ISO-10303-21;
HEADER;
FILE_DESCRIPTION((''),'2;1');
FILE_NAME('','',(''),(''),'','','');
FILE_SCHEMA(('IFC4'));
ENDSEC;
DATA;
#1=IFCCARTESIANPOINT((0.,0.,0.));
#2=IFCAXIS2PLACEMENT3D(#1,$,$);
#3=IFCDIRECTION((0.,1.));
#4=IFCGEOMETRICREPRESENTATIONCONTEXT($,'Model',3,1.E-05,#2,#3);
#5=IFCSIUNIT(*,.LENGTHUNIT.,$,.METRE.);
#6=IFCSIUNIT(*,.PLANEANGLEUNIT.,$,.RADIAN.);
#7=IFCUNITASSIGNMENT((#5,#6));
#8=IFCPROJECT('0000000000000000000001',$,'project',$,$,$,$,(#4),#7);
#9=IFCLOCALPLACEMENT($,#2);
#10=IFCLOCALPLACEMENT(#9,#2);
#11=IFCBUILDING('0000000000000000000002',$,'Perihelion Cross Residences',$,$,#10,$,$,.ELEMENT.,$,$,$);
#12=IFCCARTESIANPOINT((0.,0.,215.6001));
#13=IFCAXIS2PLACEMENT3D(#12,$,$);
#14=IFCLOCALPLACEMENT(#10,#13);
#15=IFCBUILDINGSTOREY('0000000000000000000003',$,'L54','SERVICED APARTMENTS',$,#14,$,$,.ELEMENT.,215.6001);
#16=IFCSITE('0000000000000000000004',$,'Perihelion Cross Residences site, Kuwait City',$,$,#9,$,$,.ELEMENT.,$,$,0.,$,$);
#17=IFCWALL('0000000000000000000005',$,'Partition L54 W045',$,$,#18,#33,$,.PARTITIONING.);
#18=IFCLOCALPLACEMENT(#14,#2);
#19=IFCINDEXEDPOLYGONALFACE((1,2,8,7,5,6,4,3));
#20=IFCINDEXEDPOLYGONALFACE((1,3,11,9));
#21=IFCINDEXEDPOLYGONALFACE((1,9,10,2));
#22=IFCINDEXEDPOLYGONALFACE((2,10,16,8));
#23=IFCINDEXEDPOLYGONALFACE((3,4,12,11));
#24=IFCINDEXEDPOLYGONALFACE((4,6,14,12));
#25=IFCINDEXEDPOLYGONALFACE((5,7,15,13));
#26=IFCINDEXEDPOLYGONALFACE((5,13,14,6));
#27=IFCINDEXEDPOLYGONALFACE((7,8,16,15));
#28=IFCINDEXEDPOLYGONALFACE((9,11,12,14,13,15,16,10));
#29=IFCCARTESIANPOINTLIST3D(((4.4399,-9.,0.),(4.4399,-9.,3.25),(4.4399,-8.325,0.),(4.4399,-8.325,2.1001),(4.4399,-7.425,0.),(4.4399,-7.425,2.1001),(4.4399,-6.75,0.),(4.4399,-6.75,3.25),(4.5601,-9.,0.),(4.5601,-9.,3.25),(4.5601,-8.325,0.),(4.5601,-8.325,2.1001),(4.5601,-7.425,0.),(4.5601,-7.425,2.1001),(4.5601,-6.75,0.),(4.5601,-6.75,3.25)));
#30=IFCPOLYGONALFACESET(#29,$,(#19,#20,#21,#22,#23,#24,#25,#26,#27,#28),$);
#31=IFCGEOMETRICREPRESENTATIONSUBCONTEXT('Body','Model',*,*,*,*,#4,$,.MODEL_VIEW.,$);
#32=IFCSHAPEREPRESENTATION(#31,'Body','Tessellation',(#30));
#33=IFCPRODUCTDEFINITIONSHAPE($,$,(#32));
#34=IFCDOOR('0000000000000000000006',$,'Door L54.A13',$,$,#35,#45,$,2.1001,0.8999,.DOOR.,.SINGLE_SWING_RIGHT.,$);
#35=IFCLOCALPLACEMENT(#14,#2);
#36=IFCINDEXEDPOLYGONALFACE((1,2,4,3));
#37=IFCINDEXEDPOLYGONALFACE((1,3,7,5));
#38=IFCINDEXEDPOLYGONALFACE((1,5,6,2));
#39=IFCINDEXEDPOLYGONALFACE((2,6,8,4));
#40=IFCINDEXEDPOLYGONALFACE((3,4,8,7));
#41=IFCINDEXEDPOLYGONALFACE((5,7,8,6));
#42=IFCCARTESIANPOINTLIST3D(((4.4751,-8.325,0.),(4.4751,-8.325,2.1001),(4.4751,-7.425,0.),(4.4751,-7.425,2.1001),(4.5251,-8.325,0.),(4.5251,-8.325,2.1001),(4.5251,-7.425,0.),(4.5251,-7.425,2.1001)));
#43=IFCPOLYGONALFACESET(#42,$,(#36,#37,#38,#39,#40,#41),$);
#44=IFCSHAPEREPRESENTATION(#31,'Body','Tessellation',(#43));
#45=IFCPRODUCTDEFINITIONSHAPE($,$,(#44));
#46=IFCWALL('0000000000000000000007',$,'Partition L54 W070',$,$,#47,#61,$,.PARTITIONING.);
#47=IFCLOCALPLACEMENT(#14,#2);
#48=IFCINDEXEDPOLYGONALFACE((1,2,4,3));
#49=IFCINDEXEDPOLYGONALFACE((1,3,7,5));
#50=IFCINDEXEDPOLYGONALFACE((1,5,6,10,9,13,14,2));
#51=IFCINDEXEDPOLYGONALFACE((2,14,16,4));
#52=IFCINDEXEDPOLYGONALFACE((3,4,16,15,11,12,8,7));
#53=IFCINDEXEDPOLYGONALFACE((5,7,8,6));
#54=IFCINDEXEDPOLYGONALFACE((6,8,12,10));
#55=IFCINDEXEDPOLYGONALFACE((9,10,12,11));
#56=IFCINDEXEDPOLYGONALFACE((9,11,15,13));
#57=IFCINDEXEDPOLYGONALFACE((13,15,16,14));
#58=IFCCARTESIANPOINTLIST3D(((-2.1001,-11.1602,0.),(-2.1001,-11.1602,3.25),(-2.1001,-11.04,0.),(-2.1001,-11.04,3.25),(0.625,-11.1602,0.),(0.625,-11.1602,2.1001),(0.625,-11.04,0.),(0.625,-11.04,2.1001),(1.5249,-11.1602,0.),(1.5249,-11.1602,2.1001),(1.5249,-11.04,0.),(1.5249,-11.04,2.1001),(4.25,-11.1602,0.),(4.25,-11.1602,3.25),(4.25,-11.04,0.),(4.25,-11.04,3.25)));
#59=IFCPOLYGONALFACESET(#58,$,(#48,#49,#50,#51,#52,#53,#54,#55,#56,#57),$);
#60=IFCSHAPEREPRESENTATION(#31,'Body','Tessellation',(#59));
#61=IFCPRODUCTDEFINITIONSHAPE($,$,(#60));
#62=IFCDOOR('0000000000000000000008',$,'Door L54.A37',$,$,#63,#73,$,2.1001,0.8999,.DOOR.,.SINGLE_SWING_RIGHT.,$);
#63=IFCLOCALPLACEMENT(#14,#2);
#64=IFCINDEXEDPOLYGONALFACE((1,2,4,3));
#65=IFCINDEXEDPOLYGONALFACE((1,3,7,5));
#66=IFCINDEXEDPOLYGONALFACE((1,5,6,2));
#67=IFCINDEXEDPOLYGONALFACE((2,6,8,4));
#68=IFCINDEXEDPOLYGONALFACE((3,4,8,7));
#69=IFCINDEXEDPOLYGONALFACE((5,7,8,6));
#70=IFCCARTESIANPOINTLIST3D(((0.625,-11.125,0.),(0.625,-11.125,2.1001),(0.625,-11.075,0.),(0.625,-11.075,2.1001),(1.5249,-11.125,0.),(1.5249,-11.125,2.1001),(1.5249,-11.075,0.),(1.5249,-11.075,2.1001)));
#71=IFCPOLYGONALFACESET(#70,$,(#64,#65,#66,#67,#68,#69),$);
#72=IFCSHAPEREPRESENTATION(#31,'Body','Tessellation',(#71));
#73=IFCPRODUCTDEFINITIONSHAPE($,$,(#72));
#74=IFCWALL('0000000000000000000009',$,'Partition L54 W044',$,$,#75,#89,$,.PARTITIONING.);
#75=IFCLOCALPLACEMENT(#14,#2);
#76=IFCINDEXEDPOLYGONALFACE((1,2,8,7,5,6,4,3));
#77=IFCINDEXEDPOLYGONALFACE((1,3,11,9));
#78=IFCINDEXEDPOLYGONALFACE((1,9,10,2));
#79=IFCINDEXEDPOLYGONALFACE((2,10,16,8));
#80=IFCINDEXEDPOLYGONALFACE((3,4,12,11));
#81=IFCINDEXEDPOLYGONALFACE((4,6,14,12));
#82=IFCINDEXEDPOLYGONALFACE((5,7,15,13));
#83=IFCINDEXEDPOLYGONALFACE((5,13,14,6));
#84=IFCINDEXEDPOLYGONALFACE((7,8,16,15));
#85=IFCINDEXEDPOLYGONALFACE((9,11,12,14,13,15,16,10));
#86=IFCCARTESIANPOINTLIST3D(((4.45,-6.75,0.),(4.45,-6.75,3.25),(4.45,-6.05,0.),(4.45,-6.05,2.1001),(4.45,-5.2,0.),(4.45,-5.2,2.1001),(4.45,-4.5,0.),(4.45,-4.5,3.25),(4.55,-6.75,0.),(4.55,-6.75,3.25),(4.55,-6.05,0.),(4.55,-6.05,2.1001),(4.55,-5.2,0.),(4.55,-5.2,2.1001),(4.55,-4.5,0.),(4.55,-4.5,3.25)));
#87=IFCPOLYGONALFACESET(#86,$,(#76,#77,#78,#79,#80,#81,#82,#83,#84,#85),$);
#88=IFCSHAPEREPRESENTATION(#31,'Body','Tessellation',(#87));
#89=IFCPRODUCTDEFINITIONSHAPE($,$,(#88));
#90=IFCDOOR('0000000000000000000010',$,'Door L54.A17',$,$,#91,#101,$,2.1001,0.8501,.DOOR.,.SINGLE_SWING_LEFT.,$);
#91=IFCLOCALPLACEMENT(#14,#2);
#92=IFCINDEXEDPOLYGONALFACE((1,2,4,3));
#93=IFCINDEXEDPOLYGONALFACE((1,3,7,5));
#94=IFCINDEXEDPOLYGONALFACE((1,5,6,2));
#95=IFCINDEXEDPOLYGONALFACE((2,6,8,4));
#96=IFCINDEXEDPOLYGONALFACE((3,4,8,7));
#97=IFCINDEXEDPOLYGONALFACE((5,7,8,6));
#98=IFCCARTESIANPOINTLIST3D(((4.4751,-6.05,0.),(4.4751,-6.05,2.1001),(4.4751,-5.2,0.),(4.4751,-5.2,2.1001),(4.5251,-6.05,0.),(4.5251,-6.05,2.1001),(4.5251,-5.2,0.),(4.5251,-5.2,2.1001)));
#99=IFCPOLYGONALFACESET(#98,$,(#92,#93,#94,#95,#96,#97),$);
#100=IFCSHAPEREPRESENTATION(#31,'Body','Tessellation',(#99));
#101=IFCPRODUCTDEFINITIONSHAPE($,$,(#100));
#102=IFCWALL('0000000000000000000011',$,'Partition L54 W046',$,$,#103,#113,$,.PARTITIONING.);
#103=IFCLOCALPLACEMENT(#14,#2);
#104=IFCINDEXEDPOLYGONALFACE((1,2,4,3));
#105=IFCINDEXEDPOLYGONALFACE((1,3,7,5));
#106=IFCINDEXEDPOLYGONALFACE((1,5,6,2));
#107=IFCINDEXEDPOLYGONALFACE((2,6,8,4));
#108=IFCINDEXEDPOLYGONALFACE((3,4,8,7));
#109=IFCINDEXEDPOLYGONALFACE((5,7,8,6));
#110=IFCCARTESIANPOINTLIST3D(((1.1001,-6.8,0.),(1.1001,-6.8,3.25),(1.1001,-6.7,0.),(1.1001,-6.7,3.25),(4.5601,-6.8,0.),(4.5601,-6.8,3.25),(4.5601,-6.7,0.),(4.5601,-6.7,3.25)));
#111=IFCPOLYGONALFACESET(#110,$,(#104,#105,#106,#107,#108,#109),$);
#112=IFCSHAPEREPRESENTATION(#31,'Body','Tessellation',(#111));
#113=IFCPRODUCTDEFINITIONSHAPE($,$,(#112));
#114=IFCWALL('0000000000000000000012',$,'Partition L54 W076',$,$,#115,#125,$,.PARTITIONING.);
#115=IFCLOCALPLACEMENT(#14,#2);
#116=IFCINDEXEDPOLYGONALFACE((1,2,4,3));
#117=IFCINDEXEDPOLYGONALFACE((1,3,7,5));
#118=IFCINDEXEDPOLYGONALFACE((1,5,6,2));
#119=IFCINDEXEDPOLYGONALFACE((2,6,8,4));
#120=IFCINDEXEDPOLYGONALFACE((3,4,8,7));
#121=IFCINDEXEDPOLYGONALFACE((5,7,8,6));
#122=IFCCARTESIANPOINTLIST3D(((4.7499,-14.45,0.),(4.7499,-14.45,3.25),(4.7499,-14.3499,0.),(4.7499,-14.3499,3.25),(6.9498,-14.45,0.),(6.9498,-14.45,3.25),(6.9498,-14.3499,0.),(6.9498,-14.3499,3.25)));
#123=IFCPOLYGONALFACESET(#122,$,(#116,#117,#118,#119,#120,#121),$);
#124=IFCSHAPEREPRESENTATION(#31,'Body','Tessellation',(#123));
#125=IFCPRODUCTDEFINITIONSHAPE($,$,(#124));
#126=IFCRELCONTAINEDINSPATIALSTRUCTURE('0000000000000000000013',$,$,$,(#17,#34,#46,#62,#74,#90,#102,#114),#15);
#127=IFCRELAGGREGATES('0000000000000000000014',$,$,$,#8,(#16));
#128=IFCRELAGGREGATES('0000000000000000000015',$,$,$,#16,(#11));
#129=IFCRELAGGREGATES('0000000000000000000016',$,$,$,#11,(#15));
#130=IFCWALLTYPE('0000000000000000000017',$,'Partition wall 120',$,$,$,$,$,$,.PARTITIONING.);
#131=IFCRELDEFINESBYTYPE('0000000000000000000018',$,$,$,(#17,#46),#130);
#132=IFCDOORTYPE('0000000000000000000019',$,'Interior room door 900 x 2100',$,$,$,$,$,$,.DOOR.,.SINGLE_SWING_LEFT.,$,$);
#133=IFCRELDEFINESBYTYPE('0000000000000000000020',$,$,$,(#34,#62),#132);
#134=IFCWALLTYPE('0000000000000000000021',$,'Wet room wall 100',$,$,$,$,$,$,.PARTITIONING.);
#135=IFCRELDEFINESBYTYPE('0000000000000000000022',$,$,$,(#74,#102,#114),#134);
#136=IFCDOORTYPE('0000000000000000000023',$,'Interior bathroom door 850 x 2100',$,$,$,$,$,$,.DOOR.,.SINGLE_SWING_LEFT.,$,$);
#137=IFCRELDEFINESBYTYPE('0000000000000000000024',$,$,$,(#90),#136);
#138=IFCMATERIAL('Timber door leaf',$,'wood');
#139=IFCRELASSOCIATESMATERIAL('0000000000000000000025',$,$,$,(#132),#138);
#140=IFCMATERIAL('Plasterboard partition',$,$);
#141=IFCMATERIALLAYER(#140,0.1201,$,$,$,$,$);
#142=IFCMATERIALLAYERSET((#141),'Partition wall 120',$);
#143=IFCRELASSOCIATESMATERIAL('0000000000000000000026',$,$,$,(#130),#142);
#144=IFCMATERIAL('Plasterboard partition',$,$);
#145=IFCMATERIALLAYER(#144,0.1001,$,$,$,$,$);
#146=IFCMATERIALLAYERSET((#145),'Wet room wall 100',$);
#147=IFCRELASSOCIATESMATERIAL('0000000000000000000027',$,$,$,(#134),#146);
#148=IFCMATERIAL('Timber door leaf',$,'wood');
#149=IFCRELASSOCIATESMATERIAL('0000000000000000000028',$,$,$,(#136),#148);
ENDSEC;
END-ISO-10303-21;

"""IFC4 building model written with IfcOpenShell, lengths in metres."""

from ifc_helpers import new_model, si_unit, direction, frame, frame_2d, origin, place, context, subcontext, project, spatial, rectangle, extrude, material, layer, layer_set, type_object, element, fill, save


model = new_model("IFC4")

# Units and contexts
model_context = context("Model", 3, precision=1e-05, world=origin(), true_north=direction((0.0, 1.0)))
body_context = subcontext(model_context, "Body", "Model", "MODEL_VIEW")
ifc_project = project(units=[si_unit("LENGTHUNIT", "METRE"), si_unit("PLANEANGLEUNIT", "RADIAN")], contexts=[model_context])

# Site, building, storey
site_placement = place(None, origin())
site = spatial("IfcSite", under=ifc_project, at=site_placement, Name="Perihelion Cross Residences site, Kuwait City", CompositionType="ELEMENT", RefElevation=0.0)
building_placement = place(site_placement, origin())
building = spatial("IfcBuilding", under=site, at=building_placement, Name="Perihelion Cross Residences", CompositionType="ELEMENT")
storey_placement = place(building_placement, frame((0.0, 0.0, 215.6001)))
storey = spatial("IfcBuildingStorey", under=building, at=storey_placement, Name="L54", Description="SERVICED APARTMENTS", CompositionType="ELEMENT", Elevation=215.6001)

# Shared definitions
ifc_material_1 = material(Name="Timber door leaf", Category="wood")
door_type_1 = type_object("IfcDoorType", Name="Interior room door 900 x 2100", OperationType="SINGLE_SWING_LEFT", PredefinedType="DOOR", material=ifc_material_1)

# Shared definitions
ifc_material_2 = material(Name="Plasterboard partition")
ifc_layer_1 = layer(ifc_material_2, 0.1201)
ifc_layer_set_1 = layer_set([ifc_layer_1], Name="Partition wall 120")
wall_type_1 = type_object("IfcWallType", Name="Partition wall 120", PredefinedType="PARTITIONING", material=ifc_layer_set_1)

# Walls, openings, doors
wall_1_placement = place(storey_placement, frame((4.5, -9.0, 0.0), z_axis=(0.0, 0.0, 1.0), x_axis=(0.0, 1.0, 0.0)))
wall_1 = element("IfcWall", 1, at=wall_1_placement, inside=storey, type_object=wall_type_1, Name="Partition L54 W045", PredefinedType="PARTITIONING", context=body_context, shape_type="SweptSolid", body=[
    extrude(rectangle(XDim=2.25, YDim=0.1201, at=frame_2d((1.125, 0.0))), origin(), (0.0, 0.0, 1.0), 3.25),
])
opening_1_placement = place(wall_1_placement, frame((0.675, 0.0, 0.0)))
opening_1 = element("IfcOpeningElement", 2, at=opening_1_placement, cuts=wall_1, PredefinedType="OPENING", context=body_context, shape_type="SweptSolid", body=[
    extrude(rectangle(XDim=0.8999, YDim=2.1001, at=frame_2d((0.45, 1.05))), frame((0.0, 0.0701, 0.0), z_axis=(0.0, -1.0, 0.0), x_axis=(1.0, 0.0, 0.0)), (0.0, 0.0, 1.0), 0.1401),
])
door_1_placement = place(opening_1_placement, origin())
door_1 = element("IfcDoor", 3, at=door_1_placement, inside=storey, type_object=door_type_1, Name="Door L54.A13", OperationType="SINGLE_SWING_RIGHT", OverallHeight=2.1001, OverallWidth=0.8999, PredefinedType="DOOR", context=body_context, shape_type="SweptSolid", body=[
    extrude(rectangle(XDim=0.8999, YDim=2.1001, at=frame_2d((0.45, 1.05))), frame((0.0, 0.0249, 0.0), z_axis=(0.0, -1.0, 0.0), x_axis=(1.0, 0.0, 0.0)), (0.0, 0.0, 1.0), 0.05),
])
fill(opening_1, door_1)
wall_2_placement = place(storey_placement, frame((4.25, -11.1001, 0.0), z_axis=(0.0, 0.0, 1.0), x_axis=(-1.0, 0.0, 0.0)))
wall_2 = element("IfcWall", 4, at=wall_2_placement, inside=storey, type_object=wall_type_1, Name="Partition L54 W070", PredefinedType="PARTITIONING", context=body_context, shape_type="SweptSolid", body=[
    extrude(rectangle(XDim=6.3501, YDim=0.1201, at=frame_2d((3.175, 0.0))), origin(), (0.0, 0.0, 1.0), 3.25),
])
opening_2_placement = place(wall_2_placement, frame((2.7251, 0.0, 0.0)))
opening_2 = element("IfcOpeningElement", 5, at=opening_2_placement, cuts=wall_2, PredefinedType="OPENING", context=body_context, shape_type="SweptSolid", body=[
    extrude(rectangle(XDim=0.8999, YDim=2.1001, at=frame_2d((0.45, 1.05))), frame((0.0, 0.0701, 0.0), z_axis=(0.0, -1.0, 0.0), x_axis=(1.0, 0.0, 0.0)), (0.0, 0.0, 1.0), 0.1401),
])
door_2_placement = place(opening_2_placement, origin())
door_2 = element("IfcDoor", 6, at=door_2_placement, inside=storey, type_object=door_type_1, Name="Door L54.A37", OperationType="SINGLE_SWING_RIGHT", OverallHeight=2.1001, OverallWidth=0.8999, PredefinedType="DOOR", context=body_context, shape_type="SweptSolid", body=[
    extrude(rectangle(XDim=0.8999, YDim=2.1001, at=frame_2d((0.45, 1.05))), frame((0.0, 0.0249, 0.0), z_axis=(0.0, -1.0, 0.0), x_axis=(1.0, 0.0, 0.0)), (0.0, 0.0, 1.0), 0.05),
])
fill(opening_2, door_2)
ifc_material_3 = material(Name="Plasterboard partition")
ifc_layer_2 = layer(ifc_material_3, 0.1001)
ifc_layer_set_2 = layer_set([ifc_layer_2], Name="Wet room wall 100")
wall_type_2 = type_object("IfcWallType", Name="Wet room wall 100", PredefinedType="PARTITIONING", material=ifc_layer_set_2)
wall_3_placement = place(storey_placement, frame((4.5, -6.75, 0.0), z_axis=(0.0, 0.0, 1.0), x_axis=(0.0, 1.0, 0.0)))
wall_3 = element("IfcWall", 7, at=wall_3_placement, inside=storey, type_object=wall_type_2, Name="Partition L54 W044", PredefinedType="PARTITIONING", context=body_context, shape_type="SweptSolid", body=[
    extrude(rectangle(XDim=2.25, YDim=0.1001, at=frame_2d((1.125, 0.0))), origin(), (0.0, 0.0, 1.0), 3.25),
])
opening_3_placement = place(wall_3_placement, frame((0.7, 0.0, 0.0)))
opening_3 = element("IfcOpeningElement", 8, at=opening_3_placement, cuts=wall_3, PredefinedType="OPENING", context=body_context, shape_type="SweptSolid", body=[
    extrude(rectangle(XDim=0.8501, YDim=2.1001, at=frame_2d((0.425, 1.05))), frame((0.0, 0.0601, 0.0), z_axis=(0.0, -1.0, 0.0), x_axis=(1.0, 0.0, 0.0)), (0.0, 0.0, 1.0), 0.1201),
])
ifc_material_4 = material(Name="Timber door leaf", Category="wood")
door_type_2 = type_object("IfcDoorType", Name="Interior bathroom door 850 x 2100", OperationType="SINGLE_SWING_LEFT", PredefinedType="DOOR", material=ifc_material_4)
door_3_placement = place(opening_3_placement, origin())
door_3 = element("IfcDoor", 9, at=door_3_placement, inside=storey, type_object=door_type_2, Name="Door L54.A17", OperationType="SINGLE_SWING_LEFT", OverallHeight=2.1001, OverallWidth=0.8501, PredefinedType="DOOR", context=body_context, shape_type="SweptSolid", body=[
    extrude(rectangle(XDim=0.8501, YDim=2.1001, at=frame_2d((0.425, 1.05))), frame((0.0, 0.0249, 0.0), z_axis=(0.0, -1.0, 0.0), x_axis=(1.0, 0.0, 0.0)), (0.0, 0.0, 1.0), 0.05),
])
fill(opening_3, door_3)

# Walls
wall_4_placement = place(storey_placement, frame((4.5601, -6.75, 0.0), z_axis=(0.0, 0.0, 1.0), x_axis=(-1.0, 0.0, 0.0)))
element("IfcWall", 10, at=wall_4_placement, inside=storey, type_object=wall_type_2, Name="Partition L54 W046", PredefinedType="PARTITIONING", context=body_context, shape_type="SweptSolid", body=[
    extrude(rectangle(XDim=3.46, YDim=0.1001, at=frame_2d((1.73, 0.0))), origin(), (0.0, 0.0, 1.0), 3.25),
])
wall_5_placement = place(storey_placement, frame((6.95, -14.3999, 0.0), z_axis=(0.0, 0.0, 1.0), x_axis=(-1.0, 0.0, 0.0)))
element("IfcWall", 11, at=wall_5_placement, inside=storey, type_object=wall_type_2, Name="Partition L54 W076", PredefinedType="PARTITIONING", context=body_context, shape_type="SweptSolid", body=[
    extrude(rectangle(XDim=2.2, YDim=0.1001, at=frame_2d((1.1001, 0.0))), origin(), (0.0, 0.0, 1.0), 3.25),
])

save(model, "model.ifc")
